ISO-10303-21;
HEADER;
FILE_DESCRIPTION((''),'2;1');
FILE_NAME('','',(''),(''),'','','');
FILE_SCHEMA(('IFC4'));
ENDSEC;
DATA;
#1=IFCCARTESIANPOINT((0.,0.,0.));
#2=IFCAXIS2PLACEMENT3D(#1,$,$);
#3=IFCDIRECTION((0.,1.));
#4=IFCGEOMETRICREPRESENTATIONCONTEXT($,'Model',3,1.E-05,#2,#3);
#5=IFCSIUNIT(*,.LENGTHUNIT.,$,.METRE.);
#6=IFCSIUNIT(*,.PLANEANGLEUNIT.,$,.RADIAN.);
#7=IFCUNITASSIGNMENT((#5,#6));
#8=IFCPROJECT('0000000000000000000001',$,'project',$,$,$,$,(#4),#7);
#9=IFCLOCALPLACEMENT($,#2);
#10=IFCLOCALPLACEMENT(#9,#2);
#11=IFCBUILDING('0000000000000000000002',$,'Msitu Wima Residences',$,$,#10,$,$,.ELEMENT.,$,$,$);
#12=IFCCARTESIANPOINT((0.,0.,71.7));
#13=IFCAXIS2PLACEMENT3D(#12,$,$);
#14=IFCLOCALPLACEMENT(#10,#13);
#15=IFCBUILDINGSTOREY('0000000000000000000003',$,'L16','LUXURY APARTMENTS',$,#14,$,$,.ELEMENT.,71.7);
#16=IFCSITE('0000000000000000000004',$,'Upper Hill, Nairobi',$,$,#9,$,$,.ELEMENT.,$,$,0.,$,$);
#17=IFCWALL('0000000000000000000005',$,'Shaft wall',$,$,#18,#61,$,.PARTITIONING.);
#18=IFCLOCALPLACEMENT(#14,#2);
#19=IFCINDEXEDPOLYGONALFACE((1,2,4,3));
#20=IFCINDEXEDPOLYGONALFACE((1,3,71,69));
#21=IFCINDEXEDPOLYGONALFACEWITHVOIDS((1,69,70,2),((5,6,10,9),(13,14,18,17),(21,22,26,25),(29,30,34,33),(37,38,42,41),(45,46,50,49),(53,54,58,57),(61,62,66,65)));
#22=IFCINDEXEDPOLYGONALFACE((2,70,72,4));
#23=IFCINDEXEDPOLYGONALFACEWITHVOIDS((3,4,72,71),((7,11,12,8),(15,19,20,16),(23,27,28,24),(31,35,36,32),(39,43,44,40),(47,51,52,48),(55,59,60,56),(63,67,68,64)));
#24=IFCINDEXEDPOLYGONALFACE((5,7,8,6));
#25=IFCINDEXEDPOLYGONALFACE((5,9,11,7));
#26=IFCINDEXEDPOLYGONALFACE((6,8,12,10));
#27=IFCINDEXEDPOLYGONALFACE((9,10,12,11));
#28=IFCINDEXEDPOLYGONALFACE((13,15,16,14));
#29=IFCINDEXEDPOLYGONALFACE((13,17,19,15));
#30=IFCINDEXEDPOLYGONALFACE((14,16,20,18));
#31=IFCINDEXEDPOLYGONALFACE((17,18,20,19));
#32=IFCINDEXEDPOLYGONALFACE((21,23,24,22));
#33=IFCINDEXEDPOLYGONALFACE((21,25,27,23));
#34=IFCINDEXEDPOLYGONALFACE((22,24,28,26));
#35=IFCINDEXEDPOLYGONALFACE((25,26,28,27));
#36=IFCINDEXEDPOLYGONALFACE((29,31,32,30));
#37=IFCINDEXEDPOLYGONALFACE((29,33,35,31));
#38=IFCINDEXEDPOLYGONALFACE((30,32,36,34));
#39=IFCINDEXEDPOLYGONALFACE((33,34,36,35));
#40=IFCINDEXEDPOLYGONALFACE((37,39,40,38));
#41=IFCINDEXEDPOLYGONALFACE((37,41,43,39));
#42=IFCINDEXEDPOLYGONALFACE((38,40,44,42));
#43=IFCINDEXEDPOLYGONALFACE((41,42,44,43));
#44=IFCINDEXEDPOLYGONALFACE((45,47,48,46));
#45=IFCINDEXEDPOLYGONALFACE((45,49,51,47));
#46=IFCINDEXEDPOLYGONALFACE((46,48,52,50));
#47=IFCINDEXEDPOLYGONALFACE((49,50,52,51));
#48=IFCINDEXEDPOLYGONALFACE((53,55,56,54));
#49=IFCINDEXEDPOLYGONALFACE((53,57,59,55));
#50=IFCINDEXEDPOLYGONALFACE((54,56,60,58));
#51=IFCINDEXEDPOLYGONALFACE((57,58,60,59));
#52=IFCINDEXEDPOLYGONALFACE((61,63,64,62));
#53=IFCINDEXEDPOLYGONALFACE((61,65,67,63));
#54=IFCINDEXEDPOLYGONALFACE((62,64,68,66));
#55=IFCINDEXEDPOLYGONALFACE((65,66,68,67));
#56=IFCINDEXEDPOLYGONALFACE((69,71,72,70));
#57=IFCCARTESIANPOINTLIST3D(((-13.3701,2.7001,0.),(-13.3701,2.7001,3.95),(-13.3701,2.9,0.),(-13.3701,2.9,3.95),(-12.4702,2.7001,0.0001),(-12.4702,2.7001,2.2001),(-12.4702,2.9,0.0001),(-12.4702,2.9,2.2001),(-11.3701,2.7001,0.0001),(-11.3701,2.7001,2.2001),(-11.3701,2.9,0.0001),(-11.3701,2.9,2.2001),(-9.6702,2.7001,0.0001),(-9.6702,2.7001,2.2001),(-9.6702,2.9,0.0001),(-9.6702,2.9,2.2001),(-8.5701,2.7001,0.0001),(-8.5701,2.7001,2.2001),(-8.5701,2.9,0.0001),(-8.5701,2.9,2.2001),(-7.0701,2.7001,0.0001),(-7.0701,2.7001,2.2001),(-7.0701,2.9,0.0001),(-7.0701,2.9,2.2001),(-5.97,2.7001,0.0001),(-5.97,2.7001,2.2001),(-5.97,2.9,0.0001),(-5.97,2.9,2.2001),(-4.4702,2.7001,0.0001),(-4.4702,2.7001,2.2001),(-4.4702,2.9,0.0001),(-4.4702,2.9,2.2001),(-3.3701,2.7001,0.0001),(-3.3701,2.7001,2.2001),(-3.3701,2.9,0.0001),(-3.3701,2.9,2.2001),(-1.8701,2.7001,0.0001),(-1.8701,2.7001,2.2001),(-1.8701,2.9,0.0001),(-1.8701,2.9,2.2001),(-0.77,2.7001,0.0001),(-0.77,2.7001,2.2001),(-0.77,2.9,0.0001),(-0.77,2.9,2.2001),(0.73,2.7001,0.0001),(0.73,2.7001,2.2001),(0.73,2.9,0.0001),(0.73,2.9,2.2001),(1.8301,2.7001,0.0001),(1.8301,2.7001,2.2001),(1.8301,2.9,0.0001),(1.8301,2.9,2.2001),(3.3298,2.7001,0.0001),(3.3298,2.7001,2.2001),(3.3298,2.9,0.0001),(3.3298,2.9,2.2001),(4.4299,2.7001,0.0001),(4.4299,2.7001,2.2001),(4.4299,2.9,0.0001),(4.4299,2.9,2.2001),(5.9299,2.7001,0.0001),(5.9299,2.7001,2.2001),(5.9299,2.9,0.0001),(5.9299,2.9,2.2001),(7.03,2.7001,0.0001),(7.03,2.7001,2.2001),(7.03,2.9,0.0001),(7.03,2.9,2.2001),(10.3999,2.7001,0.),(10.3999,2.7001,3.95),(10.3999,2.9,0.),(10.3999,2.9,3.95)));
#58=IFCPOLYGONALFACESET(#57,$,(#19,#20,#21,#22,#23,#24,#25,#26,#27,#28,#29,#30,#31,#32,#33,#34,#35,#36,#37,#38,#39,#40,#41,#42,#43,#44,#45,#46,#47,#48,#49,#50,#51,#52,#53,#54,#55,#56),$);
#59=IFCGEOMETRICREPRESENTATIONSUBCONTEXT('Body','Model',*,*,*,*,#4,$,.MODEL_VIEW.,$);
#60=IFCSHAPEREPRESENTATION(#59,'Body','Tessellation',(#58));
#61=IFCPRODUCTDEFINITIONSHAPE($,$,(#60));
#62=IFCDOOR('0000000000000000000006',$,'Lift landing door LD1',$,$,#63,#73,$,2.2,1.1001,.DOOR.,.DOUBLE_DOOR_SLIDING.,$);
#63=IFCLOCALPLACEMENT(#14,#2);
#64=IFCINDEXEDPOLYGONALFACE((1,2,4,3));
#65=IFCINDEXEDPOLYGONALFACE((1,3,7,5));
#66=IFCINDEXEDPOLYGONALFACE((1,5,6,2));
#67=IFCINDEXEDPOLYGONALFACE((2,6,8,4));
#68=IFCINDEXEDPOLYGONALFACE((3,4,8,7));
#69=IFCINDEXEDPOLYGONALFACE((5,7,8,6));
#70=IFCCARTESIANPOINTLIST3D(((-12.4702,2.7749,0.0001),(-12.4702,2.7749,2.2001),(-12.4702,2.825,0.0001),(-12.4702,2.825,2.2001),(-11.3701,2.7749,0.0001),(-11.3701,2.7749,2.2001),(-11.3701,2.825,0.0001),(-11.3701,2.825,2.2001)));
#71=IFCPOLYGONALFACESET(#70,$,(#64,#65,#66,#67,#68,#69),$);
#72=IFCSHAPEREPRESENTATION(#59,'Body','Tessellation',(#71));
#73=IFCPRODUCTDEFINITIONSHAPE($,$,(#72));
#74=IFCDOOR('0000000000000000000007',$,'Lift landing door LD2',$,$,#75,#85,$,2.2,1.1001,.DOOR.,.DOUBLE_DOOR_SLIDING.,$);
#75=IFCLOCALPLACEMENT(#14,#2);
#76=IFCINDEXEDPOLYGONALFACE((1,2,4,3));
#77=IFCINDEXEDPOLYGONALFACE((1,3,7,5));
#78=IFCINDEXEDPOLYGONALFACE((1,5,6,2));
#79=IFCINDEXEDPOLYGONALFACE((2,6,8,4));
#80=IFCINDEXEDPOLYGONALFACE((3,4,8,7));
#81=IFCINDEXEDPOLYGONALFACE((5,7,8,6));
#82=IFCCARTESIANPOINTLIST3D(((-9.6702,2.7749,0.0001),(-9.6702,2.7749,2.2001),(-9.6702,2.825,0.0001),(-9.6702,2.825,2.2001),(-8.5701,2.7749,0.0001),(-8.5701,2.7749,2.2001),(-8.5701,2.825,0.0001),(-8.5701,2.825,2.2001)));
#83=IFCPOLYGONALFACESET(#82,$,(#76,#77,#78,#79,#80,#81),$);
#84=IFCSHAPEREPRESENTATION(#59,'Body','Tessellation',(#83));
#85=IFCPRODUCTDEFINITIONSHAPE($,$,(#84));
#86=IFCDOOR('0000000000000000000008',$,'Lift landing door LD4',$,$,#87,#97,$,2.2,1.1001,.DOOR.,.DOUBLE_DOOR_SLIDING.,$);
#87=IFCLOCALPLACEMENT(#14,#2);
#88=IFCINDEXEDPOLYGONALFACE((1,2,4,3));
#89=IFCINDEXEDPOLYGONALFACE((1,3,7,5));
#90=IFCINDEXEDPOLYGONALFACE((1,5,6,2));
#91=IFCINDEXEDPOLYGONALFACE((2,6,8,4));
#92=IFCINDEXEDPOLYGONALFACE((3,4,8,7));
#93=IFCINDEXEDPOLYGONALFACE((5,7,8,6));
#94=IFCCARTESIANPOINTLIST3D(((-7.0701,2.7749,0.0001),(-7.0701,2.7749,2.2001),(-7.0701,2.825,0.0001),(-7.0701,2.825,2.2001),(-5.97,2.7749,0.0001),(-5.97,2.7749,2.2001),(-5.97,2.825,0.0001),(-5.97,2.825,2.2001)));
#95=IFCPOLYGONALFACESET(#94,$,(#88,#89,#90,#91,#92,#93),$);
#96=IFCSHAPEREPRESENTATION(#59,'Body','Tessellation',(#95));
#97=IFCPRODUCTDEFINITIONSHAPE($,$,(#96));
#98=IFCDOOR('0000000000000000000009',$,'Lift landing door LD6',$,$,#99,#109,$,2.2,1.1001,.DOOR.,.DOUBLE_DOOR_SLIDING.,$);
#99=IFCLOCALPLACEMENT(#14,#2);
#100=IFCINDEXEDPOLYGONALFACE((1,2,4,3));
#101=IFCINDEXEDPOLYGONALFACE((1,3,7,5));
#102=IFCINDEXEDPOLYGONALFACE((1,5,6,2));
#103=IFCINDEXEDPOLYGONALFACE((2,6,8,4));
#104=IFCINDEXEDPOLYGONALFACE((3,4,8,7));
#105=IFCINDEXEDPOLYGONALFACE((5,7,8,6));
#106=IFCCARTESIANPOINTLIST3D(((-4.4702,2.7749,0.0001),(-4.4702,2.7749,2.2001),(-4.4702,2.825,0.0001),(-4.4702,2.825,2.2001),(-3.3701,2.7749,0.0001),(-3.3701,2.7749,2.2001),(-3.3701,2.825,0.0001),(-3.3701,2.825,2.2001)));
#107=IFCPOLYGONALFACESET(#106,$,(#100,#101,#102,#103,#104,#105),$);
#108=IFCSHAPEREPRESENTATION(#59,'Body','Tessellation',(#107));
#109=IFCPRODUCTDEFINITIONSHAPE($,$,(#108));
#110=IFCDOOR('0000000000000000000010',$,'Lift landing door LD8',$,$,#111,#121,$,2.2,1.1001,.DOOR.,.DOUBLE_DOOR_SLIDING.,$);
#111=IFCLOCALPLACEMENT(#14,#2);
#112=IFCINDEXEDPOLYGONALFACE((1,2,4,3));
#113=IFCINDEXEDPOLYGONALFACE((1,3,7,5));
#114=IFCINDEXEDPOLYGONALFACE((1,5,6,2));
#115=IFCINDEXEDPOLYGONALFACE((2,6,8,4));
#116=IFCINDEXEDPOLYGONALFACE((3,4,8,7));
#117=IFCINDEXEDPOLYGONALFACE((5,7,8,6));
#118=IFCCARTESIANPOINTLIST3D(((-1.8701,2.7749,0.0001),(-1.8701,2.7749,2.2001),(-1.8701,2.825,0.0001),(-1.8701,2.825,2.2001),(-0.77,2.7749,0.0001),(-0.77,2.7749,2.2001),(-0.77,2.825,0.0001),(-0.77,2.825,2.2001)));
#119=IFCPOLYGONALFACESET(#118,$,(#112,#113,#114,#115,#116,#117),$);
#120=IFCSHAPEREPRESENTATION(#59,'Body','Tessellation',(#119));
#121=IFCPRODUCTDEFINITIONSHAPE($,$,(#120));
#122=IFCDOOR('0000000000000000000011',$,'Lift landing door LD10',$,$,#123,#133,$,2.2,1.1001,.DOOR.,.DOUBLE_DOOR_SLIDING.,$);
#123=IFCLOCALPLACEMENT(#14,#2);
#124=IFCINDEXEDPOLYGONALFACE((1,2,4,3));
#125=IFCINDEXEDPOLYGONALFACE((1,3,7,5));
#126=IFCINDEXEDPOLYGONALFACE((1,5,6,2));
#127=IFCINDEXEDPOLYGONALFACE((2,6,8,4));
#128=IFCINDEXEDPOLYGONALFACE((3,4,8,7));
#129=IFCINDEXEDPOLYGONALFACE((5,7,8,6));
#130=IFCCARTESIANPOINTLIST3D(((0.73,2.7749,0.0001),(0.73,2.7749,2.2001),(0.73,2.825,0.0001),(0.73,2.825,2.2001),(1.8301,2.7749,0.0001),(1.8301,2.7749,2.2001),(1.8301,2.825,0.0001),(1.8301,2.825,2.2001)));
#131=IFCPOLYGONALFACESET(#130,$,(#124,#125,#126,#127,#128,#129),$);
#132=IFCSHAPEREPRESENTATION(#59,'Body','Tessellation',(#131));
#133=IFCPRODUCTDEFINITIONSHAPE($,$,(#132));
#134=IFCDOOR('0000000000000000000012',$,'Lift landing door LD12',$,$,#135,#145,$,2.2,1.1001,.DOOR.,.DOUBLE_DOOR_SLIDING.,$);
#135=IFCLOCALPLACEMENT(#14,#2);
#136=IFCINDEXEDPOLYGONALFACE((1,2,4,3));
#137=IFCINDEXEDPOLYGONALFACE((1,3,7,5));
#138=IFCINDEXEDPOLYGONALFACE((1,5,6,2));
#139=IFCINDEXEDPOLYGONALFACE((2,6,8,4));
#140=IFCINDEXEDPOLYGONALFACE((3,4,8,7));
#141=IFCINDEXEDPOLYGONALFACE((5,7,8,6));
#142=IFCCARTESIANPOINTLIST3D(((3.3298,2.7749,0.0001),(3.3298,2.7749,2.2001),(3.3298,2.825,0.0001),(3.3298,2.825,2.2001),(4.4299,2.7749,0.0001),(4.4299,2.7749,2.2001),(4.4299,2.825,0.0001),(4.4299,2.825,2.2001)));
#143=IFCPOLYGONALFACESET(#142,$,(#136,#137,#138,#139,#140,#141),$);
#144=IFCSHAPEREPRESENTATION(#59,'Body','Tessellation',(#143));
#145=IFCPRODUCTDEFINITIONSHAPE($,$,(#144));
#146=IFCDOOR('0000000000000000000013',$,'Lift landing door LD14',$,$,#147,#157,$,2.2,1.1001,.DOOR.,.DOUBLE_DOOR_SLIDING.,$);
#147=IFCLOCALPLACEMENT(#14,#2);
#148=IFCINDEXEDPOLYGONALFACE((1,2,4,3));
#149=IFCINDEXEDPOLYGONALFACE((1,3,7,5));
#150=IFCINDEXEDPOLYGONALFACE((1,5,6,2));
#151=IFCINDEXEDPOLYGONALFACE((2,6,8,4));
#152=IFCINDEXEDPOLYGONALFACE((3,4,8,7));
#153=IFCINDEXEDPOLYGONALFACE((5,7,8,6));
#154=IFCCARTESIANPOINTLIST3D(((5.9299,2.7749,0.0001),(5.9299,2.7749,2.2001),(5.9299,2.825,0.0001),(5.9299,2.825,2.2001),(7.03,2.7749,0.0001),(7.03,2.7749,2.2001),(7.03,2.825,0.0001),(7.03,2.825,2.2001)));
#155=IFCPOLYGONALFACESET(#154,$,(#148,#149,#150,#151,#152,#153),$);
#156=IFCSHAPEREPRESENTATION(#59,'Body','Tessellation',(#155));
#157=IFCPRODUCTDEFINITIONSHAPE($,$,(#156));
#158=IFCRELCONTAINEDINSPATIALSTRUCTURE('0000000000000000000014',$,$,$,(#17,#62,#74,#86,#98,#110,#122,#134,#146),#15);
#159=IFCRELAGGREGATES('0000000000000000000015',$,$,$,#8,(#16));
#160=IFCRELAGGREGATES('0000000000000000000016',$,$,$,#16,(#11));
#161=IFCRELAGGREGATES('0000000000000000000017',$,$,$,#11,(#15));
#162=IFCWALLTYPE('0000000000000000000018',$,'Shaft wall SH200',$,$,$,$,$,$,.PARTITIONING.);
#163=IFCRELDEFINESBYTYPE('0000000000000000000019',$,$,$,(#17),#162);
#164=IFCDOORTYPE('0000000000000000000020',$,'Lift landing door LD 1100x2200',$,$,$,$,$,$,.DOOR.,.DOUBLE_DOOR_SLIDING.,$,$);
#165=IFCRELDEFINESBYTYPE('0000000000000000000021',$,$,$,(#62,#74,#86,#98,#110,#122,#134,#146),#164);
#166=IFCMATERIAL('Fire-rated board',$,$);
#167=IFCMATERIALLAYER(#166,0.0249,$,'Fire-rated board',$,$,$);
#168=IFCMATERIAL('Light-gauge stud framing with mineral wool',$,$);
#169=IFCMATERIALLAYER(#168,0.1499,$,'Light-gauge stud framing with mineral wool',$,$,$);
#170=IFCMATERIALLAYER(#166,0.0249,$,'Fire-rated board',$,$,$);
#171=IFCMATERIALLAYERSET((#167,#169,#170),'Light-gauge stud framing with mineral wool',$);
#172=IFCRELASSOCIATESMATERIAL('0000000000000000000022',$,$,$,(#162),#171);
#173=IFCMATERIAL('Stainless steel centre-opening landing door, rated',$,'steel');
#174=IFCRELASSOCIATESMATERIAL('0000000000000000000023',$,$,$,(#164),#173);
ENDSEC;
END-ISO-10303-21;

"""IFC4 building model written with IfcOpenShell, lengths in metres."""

from ifc_helpers import new_model, si_unit, direction, frame, frame_2d, origin, place, context, subcontext, project, spatial, rectangle, extrude, material, layer, layer_set, type_object, element, fill, save


model = new_model("IFC4")

# Units and contexts
model_context = context("Model", 3, precision=1e-05, world=origin(), true_north=direction((0.0, 1.0)))
body_context = subcontext(model_context, "Body", "Model", "MODEL_VIEW")
ifc_project = project(units=[si_unit("LENGTHUNIT", "METRE"), si_unit("PLANEANGLEUNIT", "RADIAN")], contexts=[model_context])

# Site, building, storey
site_placement = place(None, origin())
site = spatial("IfcSite", under=ifc_project, at=site_placement, Name="Upper Hill, Nairobi", CompositionType="ELEMENT", RefElevation=0.0)
building_placement = place(site_placement, origin())
building = spatial("IfcBuilding", under=site, at=building_placement, Name="Msitu Wima Residences", CompositionType="ELEMENT")
storey_placement = place(building_placement, frame((0.0, 0.0, 71.7)))
storey = spatial("IfcBuildingStorey", under=building, at=storey_placement, Name="L16", Description="LUXURY APARTMENTS", CompositionType="ELEMENT", Elevation=71.7)

# Wall, openings, doors
ifc_material_1 = material(Name="Fire-rated board")
ifc_layer_1 = layer(ifc_material_1, 0.0249, Name="Fire-rated board")
ifc_material_2 = material(Name="Light-gauge stud framing with mineral wool")
ifc_layer_2 = layer(ifc_material_2, 0.1499, Name="Light-gauge stud framing with mineral wool")
ifc_layer_3 = layer(ifc_material_1, 0.0249, Name="Fire-rated board")
ifc_layer_set_1 = layer_set([ifc_layer_1, ifc_layer_2, ifc_layer_3], Name="Light-gauge stud framing with mineral wool")
wall_type_1 = type_object("IfcWallType", Name="Shaft wall SH200", PredefinedType="PARTITIONING", material=ifc_layer_set_1)
wall_1_placement = place(storey_placement, frame((-13.3701, 2.8, 0.0), z_axis=(0.0, 0.0, 1.0), x_axis=(1.0, 0.0, 0.0)))
wall_1 = element("IfcWall", 1, at=wall_1_placement, inside=storey, type_object=wall_type_1, Name="Shaft wall", PredefinedType="PARTITIONING", context=body_context, shape_type="SweptSolid", body=[
    extrude(rectangle(XDim=23.77, YDim=0.2, at=frame_2d((11.885, 0.0))), origin(), (0.0, 0.0, 1.0), 3.95),
])
opening_1_placement = place(wall_1_placement, frame((0.8999, 0.0, 0.0)))
opening_1 = element("IfcOpeningElement", 2, at=opening_1_placement, cuts=wall_1, PredefinedType="OPENING", context=body_context, shape_type="SweptSolid", body=[
    extrude(rectangle(XDim=1.1001, YDim=2.2, at=frame_2d((0.55, 1.1001))), frame((0.0, 0.1099, 0.0), z_axis=(0.0, -1.0, 0.0), x_axis=(1.0, 0.0, 0.0)), (0.0, 0.0, 1.0), 0.22),
])
opening_2_placement = place(wall_1_placement, frame((3.7, 0.0, 0.0)))
opening_2 = element("IfcOpeningElement", 3, at=opening_2_placement, cuts=wall_1, PredefinedType="OPENING", context=body_context, shape_type="SweptSolid", body=[
    extrude(rectangle(XDim=1.1001, YDim=2.2, at=frame_2d((0.55, 1.1001))), frame((0.0, 0.1099, 0.0), z_axis=(0.0, -1.0, 0.0), x_axis=(1.0, 0.0, 0.0)), (0.0, 0.0, 1.0), 0.22),
])
opening_3_placement = place(wall_1_placement, frame((6.3, 0.0, 0.0)))
opening_3 = element("IfcOpeningElement", 4, at=opening_3_placement, cuts=wall_1, PredefinedType="OPENING", context=body_context, shape_type="SweptSolid", body=[
    extrude(rectangle(XDim=1.1001, YDim=2.2, at=frame_2d((0.55, 1.1001))), frame((0.0, 0.1099, 0.0), z_axis=(0.0, -1.0, 0.0), x_axis=(1.0, 0.0, 0.0)), (0.0, 0.0, 1.0), 0.22),
])
opening_4_placement = place(wall_1_placement, frame((8.8999, 0.0, 0.0)))
opening_4 = element("IfcOpeningElement", 5, at=opening_4_placement, cuts=wall_1, PredefinedType="OPENING", context=body_context, shape_type="SweptSolid", body=[
    extrude(rectangle(XDim=1.1001, YDim=2.2, at=frame_2d((0.55, 1.1001))), frame((0.0, 0.1099, 0.0), z_axis=(0.0, -1.0, 0.0), x_axis=(1.0, 0.0, 0.0)), (0.0, 0.0, 1.0), 0.22),
])
opening_5_placement = place(wall_1_placement, frame((11.5, 0.0, 0.0)))
opening_5 = element("IfcOpeningElement", 6, at=opening_5_placement, cuts=wall_1, PredefinedType="OPENING", context=body_context, shape_type="SweptSolid", body=[
    extrude(rectangle(XDim=1.1001, YDim=2.2, at=frame_2d((0.55, 1.1001))), frame((0.0, 0.1099, 0.0), z_axis=(0.0, -1.0, 0.0), x_axis=(1.0, 0.0, 0.0)), (0.0, 0.0, 1.0), 0.22),
])
opening_6_placement = place(wall_1_placement, frame((14.1001, 0.0, 0.0)))
opening_6 = element("IfcOpeningElement", 7, at=opening_6_placement, cuts=wall_1, PredefinedType="OPENING", context=body_context, shape_type="SweptSolid", body=[
    extrude(rectangle(XDim=1.1001, YDim=2.2, at=frame_2d((0.55, 1.1001))), frame((0.0, 0.1099, 0.0), z_axis=(0.0, -1.0, 0.0), x_axis=(1.0, 0.0, 0.0)), (0.0, 0.0, 1.0), 0.22),
])
opening_7_placement = place(wall_1_placement, frame((16.7, 0.0, 0.0)))
opening_7 = element("IfcOpeningElement", 8, at=opening_7_placement, cuts=wall_1, PredefinedType="OPENING", context=body_context, shape_type="SweptSolid", body=[
    extrude(rectangle(XDim=1.1001, YDim=2.2, at=frame_2d((0.55, 1.1001))), frame((0.0, 0.1099, 0.0), z_axis=(0.0, -1.0, 0.0), x_axis=(1.0, 0.0, 0.0)), (0.0, 0.0, 1.0), 0.22),
])
opening_8_placement = place(wall_1_placement, frame((19.3, 0.0, 0.0)))
opening_8 = element("IfcOpeningElement", 9, at=opening_8_placement, cuts=wall_1, PredefinedType="OPENING", context=body_context, shape_type="SweptSolid", body=[
    extrude(rectangle(XDim=1.1001, YDim=2.2, at=frame_2d((0.55, 1.1001))), frame((0.0, 0.1099, 0.0), z_axis=(0.0, -1.0, 0.0), x_axis=(1.0, 0.0, 0.0)), (0.0, 0.0, 1.0), 0.22),
])
ifc_material_3 = material(Name="Stainless steel centre-opening landing door, rated", Category="steel")
door_type_1 = type_object("IfcDoorType", Name="Lift landing door LD 1100x2200", OperationType="DOUBLE_DOOR_SLIDING", PredefinedType="DOOR", material=ifc_material_3)
door_1_placement = place(opening_1_placement, origin())
door_1 = element("IfcDoor", 10, at=door_1_placement, inside=storey, type_object=door_type_1, Name="Lift landing door LD1", OperationType="DOUBLE_DOOR_SLIDING", OverallHeight=2.2, OverallWidth=1.1001, PredefinedType="DOOR", context=body_context, shape_type="SweptSolid", body=[
    extrude(rectangle(XDim=1.1001, YDim=2.2, at=frame_2d((0.55, 1.1001))), frame((0.0, 0.0249, 0.0), z_axis=(0.0, -1.0, 0.0), x_axis=(1.0, 0.0, 0.0)), (0.0, 0.0, 1.0), 0.05),
])
fill(opening_1, door_1)
door_2_placement = place(opening_2_placement, origin())
door_2 = element("IfcDoor", 11, at=door_2_placement, inside=storey, type_object=door_type_1, Name="Lift landing door LD2", OperationType="DOUBLE_DOOR_SLIDING", OverallHeight=2.2, OverallWidth=1.1001, PredefinedType="DOOR", context=body_context, shape_type="SweptSolid", body=[
    extrude(rectangle(XDim=1.1001, YDim=2.2, at=frame_2d((0.55, 1.1001))), frame((0.0, 0.0249, 0.0), z_axis=(0.0, -1.0, 0.0), x_axis=(1.0, 0.0, 0.0)), (0.0, 0.0, 1.0), 0.05),
])
fill(opening_2, door_2)
door_3_placement = place(opening_3_placement, origin())
door_3 = element("IfcDoor", 12, at=door_3_placement, inside=storey, type_object=door_type_1, Name="Lift landing door LD4", OperationType="DOUBLE_DOOR_SLIDING", OverallHeight=2.2, OverallWidth=1.1001, PredefinedType="DOOR", context=body_context, shape_type="SweptSolid", body=[
    extrude(rectangle(XDim=1.1001, YDim=2.2, at=frame_2d((0.55, 1.1001))), frame((0.0, 0.0249, 0.0), z_axis=(0.0, -1.0, 0.0), x_axis=(1.0, 0.0, 0.0)), (0.0, 0.0, 1.0), 0.05),
])
fill(opening_3, door_3)
door_4_placement = place(opening_4_placement, origin())
door_4 = element("IfcDoor", 13, at=door_4_placement, inside=storey, type_object=door_type_1, Name="Lift landing door LD6", OperationType="DOUBLE_DOOR_SLIDING", OverallHeight=2.2, OverallWidth=1.1001, PredefinedType="DOOR", context=body_context, shape_type="SweptSolid", body=[
    extrude(rectangle(XDim=1.1001, YDim=2.2, at=frame_2d((0.55, 1.1001))), frame((0.0, 0.0249, 0.0), z_axis=(0.0, -1.0, 0.0), x_axis=(1.0, 0.0, 0.0)), (0.0, 0.0, 1.0), 0.05),
])
fill(opening_4, door_4)
door_5_placement = place(opening_5_placement, origin())
door_5 = element("IfcDoor", 14, at=door_5_placement, inside=storey, type_object=door_type_1, Name="Lift landing door LD8", OperationType="DOUBLE_DOOR_SLIDING", OverallHeight=2.2, OverallWidth=1.1001, PredefinedType="DOOR", context=body_context, shape_type="SweptSolid", body=[
    extrude(rectangle(XDim=1.1001, YDim=2.2, at=frame_2d((0.55, 1.1001))), frame((0.0, 0.0249, 0.0), z_axis=(0.0, -1.0, 0.0), x_axis=(1.0, 0.0, 0.0)), (0.0, 0.0, 1.0), 0.05),
])
fill(opening_5, door_5)
door_6_placement = place(opening_6_placement, origin())
door_6 = element("IfcDoor", 15, at=door_6_placement, inside=storey, type_object=door_type_1, Name="Lift landing door LD10", OperationType="DOUBLE_DOOR_SLIDING", OverallHeight=2.2, OverallWidth=1.1001, PredefinedType="DOOR", context=body_context, shape_type="SweptSolid", body=[
    extrude(rectangle(XDim=1.1001, YDim=2.2, at=frame_2d((0.55, 1.1001))), frame((0.0, 0.0249, 0.0), z_axis=(0.0, -1.0, 0.0), x_axis=(1.0, 0.0, 0.0)), (0.0, 0.0, 1.0), 0.05),
])
fill(opening_6, door_6)
door_7_placement = place(opening_7_placement, origin())
door_7 = element("IfcDoor", 16, at=door_7_placement, inside=storey, type_object=door_type_1, Name="Lift landing door LD12", OperationType="DOUBLE_DOOR_SLIDING", OverallHeight=2.2, OverallWidth=1.1001, PredefinedType="DOOR", context=body_context, shape_type="SweptSolid", body=[
    extrude(rectangle(XDim=1.1001, YDim=2.2, at=frame_2d((0.55, 1.1001))), frame((0.0, 0.0249, 0.0), z_axis=(0.0, -1.0, 0.0), x_axis=(1.0, 0.0, 0.0)), (0.0, 0.0, 1.0), 0.05),
])
fill(opening_7, door_7)
door_8_placement = place(opening_8_placement, origin())
door_8 = element("IfcDoor", 17, at=door_8_placement, inside=storey, type_object=door_type_1, Name="Lift landing door LD14", OperationType="DOUBLE_DOOR_SLIDING", OverallHeight=2.2, OverallWidth=1.1001, PredefinedType="DOOR", context=body_context, shape_type="SweptSolid", body=[
    extrude(rectangle(XDim=1.1001, YDim=2.2, at=frame_2d((0.55, 1.1001))), frame((0.0, 0.0249, 0.0), z_axis=(0.0, -1.0, 0.0), x_axis=(1.0, 0.0, 0.0)), (0.0, 0.0, 1.0), 0.05),
])
fill(opening_8, door_8)

save(model, "model.ifc")
